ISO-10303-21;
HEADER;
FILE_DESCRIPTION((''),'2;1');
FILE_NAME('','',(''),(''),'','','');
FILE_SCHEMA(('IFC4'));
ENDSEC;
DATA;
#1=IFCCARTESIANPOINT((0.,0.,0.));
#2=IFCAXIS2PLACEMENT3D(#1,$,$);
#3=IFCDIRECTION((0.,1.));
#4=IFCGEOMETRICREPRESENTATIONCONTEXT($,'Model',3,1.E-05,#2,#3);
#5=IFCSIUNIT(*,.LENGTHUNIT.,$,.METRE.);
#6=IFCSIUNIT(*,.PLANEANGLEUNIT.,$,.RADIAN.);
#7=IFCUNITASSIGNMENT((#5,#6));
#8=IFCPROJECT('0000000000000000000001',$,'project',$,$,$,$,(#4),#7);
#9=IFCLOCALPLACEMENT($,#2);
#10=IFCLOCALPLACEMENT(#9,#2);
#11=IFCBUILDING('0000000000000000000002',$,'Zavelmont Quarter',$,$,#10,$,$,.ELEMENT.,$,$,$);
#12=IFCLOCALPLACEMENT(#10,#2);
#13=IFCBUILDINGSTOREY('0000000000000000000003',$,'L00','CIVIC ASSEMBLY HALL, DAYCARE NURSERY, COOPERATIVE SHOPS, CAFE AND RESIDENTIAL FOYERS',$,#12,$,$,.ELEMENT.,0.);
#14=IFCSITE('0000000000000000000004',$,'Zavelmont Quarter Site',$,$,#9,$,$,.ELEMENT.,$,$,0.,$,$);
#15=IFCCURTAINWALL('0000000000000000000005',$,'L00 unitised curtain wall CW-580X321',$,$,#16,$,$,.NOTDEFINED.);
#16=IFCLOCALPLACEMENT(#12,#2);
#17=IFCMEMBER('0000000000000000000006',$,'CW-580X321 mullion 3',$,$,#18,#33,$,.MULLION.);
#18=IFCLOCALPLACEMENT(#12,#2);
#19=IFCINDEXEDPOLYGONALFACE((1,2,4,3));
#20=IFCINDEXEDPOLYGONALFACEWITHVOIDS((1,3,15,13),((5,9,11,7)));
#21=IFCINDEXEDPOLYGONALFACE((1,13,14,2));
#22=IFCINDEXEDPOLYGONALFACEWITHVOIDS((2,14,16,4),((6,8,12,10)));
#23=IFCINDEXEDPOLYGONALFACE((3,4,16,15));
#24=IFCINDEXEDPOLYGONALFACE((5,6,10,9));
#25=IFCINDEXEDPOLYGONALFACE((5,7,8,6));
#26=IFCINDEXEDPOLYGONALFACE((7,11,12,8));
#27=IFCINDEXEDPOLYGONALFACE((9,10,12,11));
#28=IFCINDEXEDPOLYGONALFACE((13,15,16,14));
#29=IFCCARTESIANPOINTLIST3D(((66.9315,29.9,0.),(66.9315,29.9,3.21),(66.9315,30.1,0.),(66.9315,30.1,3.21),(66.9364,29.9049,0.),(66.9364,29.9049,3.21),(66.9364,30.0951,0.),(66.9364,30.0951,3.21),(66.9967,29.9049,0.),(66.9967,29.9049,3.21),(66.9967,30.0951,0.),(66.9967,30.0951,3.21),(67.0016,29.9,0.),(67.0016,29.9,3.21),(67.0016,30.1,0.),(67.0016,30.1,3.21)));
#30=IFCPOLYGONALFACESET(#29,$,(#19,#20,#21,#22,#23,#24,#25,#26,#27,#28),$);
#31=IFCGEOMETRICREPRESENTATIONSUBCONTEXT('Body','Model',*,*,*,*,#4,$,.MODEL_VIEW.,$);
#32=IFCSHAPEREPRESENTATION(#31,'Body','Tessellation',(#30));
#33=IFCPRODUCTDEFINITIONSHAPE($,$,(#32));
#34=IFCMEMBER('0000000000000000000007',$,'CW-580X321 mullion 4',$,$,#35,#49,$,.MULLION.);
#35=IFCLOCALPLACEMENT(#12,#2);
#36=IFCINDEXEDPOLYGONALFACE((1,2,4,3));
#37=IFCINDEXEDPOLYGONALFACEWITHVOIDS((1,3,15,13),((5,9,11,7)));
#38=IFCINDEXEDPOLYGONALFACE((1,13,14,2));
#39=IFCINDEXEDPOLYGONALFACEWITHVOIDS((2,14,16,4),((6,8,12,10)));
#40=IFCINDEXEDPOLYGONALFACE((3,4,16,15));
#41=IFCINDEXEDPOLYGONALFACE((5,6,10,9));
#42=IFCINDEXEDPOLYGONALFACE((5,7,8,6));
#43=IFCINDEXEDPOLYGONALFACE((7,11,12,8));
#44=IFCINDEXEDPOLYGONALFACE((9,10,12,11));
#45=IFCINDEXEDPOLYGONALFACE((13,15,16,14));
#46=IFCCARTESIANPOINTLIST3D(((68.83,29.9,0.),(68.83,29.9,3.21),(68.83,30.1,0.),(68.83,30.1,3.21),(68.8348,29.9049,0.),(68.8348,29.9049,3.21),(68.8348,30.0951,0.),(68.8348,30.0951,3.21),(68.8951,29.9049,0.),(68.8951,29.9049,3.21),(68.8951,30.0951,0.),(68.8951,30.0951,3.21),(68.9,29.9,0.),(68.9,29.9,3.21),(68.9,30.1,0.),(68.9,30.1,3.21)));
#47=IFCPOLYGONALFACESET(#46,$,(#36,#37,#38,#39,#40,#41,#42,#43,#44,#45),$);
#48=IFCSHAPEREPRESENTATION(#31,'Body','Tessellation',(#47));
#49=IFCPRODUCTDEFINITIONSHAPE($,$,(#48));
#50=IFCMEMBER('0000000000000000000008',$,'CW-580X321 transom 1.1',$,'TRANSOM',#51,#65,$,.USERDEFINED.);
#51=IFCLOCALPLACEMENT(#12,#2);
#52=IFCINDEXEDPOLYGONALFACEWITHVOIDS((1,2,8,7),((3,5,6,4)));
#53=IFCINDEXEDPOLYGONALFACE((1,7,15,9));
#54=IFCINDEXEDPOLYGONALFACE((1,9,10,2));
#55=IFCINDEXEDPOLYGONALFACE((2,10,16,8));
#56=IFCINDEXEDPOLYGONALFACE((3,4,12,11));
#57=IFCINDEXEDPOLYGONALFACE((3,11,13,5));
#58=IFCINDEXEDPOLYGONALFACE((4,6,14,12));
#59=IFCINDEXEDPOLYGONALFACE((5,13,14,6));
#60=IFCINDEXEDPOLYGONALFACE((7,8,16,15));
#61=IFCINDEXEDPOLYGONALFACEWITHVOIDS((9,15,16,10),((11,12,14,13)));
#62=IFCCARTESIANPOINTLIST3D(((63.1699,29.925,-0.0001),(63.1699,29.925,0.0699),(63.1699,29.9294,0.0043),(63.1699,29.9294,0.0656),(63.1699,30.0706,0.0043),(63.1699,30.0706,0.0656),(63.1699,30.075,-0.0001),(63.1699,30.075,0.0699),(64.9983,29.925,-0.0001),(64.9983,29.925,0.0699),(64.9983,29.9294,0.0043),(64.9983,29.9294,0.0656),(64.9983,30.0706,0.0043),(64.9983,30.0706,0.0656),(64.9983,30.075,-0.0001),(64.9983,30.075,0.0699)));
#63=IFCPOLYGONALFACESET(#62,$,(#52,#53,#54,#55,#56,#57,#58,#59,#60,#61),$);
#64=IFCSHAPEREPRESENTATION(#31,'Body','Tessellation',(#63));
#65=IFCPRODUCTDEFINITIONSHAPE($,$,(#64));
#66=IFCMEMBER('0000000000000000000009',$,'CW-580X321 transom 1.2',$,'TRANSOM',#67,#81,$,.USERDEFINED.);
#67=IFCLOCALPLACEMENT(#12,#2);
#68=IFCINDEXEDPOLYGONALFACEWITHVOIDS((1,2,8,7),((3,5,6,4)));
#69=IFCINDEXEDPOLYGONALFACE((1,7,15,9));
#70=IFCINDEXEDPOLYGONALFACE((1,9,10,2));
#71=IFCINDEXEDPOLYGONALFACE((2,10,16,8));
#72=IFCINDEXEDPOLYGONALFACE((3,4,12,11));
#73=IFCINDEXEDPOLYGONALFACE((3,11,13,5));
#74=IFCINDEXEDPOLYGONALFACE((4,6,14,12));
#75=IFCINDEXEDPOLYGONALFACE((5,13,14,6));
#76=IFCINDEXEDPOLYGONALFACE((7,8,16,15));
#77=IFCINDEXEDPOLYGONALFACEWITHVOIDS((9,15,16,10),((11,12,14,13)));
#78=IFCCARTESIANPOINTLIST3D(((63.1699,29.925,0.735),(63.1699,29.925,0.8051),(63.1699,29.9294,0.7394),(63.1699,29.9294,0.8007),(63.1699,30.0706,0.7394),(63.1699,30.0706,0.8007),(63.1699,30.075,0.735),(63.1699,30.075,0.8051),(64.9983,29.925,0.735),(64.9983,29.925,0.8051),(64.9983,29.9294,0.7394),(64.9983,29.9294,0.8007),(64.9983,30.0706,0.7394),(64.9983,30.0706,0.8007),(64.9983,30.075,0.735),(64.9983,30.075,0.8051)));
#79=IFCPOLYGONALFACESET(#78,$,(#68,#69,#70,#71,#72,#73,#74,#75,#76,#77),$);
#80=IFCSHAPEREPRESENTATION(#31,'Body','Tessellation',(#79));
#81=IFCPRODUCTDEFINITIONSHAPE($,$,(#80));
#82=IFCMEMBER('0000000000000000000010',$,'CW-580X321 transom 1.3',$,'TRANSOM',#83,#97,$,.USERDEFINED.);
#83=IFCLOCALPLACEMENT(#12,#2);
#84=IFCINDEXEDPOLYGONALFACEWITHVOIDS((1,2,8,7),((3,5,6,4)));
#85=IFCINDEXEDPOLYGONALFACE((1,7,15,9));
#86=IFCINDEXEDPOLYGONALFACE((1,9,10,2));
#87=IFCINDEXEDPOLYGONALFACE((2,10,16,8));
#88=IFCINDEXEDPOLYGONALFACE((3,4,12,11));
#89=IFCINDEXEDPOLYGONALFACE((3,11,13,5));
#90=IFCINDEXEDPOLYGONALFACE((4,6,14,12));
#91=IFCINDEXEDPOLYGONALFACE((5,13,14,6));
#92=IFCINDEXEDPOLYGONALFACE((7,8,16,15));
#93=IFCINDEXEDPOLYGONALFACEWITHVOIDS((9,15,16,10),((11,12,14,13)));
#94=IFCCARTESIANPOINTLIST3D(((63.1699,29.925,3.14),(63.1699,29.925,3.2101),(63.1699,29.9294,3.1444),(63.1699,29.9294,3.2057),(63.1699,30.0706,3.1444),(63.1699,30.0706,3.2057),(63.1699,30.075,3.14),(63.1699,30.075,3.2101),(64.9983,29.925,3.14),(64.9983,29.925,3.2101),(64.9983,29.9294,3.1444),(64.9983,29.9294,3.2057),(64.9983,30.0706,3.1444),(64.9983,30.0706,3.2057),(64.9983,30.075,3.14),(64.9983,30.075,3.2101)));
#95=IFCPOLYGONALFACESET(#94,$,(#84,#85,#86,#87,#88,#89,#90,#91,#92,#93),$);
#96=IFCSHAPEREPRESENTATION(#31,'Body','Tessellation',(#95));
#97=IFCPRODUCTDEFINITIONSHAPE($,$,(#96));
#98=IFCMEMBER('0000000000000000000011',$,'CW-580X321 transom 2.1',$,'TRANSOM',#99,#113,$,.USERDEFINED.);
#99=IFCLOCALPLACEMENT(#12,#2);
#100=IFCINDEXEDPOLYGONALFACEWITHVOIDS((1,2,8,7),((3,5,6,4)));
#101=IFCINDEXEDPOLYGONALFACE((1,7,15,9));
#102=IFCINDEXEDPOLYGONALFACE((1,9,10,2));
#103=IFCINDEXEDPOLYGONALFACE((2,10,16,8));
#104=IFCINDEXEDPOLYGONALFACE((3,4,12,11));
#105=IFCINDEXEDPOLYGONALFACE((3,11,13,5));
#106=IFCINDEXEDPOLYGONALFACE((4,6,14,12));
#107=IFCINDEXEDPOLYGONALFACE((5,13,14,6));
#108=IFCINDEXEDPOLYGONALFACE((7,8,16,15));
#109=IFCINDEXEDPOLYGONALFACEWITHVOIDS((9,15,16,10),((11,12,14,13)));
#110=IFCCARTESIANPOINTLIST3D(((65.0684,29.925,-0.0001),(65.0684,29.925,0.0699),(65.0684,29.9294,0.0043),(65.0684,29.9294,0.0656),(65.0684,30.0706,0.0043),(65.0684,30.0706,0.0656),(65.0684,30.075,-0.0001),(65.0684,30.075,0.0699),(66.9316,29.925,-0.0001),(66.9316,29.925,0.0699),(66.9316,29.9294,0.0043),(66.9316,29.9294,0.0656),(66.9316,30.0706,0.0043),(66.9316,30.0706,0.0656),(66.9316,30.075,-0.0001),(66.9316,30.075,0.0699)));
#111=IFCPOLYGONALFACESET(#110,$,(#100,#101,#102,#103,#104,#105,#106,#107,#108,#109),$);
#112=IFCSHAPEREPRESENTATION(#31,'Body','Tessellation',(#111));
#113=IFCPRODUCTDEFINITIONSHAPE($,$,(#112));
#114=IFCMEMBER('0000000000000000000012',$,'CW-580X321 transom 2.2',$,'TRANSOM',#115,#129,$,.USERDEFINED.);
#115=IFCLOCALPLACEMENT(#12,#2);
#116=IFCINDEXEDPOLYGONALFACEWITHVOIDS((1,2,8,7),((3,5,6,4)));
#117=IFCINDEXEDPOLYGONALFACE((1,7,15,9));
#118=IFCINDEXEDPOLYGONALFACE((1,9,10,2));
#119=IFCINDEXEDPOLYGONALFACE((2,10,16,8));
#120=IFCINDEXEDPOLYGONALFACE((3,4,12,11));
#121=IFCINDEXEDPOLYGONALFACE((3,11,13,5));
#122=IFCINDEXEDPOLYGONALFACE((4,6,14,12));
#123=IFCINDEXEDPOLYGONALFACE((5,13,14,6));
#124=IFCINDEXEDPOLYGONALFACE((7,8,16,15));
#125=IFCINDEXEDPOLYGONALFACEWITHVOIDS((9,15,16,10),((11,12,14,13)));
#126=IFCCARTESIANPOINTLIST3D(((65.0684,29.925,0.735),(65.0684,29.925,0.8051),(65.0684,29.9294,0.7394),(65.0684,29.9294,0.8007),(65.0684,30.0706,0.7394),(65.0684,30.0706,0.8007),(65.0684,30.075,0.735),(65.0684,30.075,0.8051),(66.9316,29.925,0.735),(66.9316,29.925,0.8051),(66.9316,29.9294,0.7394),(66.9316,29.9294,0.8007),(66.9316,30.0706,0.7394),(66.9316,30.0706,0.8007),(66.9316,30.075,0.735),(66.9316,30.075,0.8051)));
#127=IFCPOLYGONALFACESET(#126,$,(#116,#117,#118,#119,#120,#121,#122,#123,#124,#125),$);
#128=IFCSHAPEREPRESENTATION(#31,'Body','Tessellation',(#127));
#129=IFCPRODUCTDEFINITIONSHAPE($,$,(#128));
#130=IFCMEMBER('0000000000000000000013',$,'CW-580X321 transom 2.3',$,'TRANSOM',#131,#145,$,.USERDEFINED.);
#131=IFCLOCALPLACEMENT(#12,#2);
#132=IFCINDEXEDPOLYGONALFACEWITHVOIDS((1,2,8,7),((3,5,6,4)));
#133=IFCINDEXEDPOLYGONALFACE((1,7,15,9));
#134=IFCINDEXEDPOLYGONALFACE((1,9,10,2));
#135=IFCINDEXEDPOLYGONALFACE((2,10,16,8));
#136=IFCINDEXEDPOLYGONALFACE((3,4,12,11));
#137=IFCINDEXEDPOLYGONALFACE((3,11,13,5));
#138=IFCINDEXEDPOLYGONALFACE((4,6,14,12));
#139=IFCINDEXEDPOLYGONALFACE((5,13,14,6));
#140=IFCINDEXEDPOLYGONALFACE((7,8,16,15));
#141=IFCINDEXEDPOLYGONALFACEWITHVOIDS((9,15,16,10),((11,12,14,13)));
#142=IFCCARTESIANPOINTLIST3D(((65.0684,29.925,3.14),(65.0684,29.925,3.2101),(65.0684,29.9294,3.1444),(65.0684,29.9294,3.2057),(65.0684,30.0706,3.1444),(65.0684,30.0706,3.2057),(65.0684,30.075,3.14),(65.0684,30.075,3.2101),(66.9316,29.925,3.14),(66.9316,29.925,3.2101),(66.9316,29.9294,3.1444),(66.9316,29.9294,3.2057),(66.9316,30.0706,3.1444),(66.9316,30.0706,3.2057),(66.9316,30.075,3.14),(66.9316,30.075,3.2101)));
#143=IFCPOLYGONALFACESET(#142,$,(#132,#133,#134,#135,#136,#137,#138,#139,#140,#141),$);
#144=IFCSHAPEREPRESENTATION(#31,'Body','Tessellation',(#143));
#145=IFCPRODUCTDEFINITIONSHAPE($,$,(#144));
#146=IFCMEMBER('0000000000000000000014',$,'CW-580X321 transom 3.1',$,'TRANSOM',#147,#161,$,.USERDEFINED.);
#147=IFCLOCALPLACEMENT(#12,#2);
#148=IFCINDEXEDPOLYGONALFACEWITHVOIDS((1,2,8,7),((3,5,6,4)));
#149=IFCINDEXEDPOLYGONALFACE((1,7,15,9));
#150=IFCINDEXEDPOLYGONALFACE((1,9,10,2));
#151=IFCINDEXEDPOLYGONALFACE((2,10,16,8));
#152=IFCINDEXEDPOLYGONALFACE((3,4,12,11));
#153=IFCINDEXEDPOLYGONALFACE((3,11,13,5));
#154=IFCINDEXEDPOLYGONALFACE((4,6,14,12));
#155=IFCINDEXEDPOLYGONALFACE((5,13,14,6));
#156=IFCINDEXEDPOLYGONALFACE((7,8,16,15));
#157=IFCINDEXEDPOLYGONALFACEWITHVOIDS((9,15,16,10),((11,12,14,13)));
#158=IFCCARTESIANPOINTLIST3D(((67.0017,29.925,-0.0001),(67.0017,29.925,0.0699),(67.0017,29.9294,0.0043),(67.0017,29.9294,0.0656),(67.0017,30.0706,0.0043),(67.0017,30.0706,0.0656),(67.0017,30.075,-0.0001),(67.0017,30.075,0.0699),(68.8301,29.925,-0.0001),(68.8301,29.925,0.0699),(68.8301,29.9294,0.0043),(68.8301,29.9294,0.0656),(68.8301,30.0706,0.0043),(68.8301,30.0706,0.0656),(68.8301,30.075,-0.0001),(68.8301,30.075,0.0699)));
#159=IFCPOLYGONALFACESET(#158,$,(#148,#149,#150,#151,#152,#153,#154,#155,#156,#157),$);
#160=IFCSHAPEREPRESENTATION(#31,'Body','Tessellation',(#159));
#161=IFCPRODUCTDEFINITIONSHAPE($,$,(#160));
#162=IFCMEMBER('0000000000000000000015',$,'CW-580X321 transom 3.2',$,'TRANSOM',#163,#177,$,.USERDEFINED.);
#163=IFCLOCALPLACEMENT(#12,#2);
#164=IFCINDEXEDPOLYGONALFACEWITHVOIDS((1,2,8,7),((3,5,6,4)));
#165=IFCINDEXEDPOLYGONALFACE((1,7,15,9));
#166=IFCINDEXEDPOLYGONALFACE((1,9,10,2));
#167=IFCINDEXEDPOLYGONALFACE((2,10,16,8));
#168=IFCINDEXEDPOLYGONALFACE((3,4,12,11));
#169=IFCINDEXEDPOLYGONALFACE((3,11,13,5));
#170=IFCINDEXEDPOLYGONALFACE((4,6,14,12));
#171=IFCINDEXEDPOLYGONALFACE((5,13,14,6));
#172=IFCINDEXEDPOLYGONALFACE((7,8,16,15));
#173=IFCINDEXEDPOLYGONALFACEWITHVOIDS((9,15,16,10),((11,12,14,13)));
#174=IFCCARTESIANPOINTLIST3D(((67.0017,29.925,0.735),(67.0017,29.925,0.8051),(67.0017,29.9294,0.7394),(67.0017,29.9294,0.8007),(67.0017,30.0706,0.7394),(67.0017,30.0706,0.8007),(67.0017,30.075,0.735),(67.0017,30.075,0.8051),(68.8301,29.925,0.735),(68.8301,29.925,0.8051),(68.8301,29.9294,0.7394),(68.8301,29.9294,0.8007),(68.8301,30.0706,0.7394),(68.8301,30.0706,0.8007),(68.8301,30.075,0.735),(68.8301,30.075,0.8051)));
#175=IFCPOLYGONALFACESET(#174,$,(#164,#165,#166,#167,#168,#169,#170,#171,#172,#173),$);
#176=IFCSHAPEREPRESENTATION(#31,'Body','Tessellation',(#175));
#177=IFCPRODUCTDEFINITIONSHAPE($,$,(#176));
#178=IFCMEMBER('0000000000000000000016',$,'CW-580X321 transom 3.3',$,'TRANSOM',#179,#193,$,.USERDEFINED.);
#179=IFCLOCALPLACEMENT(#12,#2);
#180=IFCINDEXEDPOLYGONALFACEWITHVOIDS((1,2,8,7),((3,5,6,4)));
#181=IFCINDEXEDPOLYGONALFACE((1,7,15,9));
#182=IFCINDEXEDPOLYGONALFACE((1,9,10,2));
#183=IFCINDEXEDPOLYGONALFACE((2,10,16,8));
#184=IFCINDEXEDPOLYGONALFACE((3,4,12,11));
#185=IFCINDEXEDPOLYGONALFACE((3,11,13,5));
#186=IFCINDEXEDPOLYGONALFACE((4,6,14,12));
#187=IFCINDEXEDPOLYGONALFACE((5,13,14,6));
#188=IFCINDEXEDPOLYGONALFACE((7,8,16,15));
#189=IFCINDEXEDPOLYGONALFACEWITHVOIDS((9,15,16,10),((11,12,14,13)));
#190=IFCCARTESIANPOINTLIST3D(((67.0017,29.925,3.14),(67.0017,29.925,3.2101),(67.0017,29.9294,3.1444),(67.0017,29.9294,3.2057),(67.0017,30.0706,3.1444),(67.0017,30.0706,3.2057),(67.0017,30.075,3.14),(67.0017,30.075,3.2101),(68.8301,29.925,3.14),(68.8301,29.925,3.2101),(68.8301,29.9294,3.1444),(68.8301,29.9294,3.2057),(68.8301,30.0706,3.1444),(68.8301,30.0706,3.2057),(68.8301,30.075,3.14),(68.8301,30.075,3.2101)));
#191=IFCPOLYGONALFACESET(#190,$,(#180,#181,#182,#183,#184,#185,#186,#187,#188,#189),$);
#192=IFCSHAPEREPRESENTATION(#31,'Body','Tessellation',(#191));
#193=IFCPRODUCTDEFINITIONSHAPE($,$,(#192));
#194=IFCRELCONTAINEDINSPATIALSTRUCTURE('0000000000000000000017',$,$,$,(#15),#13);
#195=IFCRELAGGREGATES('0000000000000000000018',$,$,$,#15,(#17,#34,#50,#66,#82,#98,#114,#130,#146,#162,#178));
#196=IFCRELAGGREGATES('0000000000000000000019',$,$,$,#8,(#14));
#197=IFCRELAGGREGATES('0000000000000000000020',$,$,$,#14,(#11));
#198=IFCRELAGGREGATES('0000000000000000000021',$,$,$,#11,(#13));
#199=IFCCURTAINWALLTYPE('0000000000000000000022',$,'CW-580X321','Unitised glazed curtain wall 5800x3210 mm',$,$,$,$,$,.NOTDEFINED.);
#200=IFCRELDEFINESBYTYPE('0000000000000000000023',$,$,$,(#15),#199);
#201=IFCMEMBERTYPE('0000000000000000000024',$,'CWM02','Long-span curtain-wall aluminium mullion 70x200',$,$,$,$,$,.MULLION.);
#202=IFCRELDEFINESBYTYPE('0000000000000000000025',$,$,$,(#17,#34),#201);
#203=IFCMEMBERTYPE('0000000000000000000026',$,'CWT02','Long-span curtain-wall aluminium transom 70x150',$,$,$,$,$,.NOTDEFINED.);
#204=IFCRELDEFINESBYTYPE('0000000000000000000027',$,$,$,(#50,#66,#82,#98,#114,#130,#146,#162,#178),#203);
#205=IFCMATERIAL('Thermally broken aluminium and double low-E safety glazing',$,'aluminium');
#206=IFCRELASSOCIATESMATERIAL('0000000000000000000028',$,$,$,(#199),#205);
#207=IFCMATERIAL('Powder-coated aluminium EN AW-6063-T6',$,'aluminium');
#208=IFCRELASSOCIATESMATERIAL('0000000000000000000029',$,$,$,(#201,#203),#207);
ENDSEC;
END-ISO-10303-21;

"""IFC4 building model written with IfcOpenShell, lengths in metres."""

from ifc_helpers import new_model, si_unit, direction, frame, origin, origin_2d, place, context, subcontext, project, spatial, hollow_rectangle, extrude, material, material_profile, profile_set, type_object, element, aggregate, save


model = new_model("IFC4")

# Units and contexts
model_context = context("Model", 3, precision=1e-05, world=origin(), true_north=direction((0.0, 1.0)))
body_context = subcontext(model_context, "Body", "Model", "MODEL_VIEW")
ifc_project = project(units=[si_unit("LENGTHUNIT", "METRE"), si_unit("PLANEANGLEUNIT", "RADIAN")], contexts=[model_context])

# Site, building, storey
site_placement = place(None, origin())
site = spatial("IfcSite", under=ifc_project, at=site_placement, Name="Zavelmont Quarter Site", CompositionType="ELEMENT", RefElevation=0.0)
building_placement = place(site_placement, origin())
building = spatial("IfcBuilding", under=site, at=building_placement, Name="Zavelmont Quarter", CompositionType="ELEMENT")
storey_placement = place(building_placement, origin())
storey = spatial("IfcBuildingStorey", under=building, at=storey_placement, Name="L00", Description="CIVIC ASSEMBLY HALL, DAYCARE NURSERY, COOPERATIVE SHOPS, CAFE AND RESIDENTIAL FOYERS", CompositionType="ELEMENT", Elevation=0.0)

# Shared definitions
ifc_material_1 = material(Name="Thermally broken aluminium and double low-E safety glazing", Category="aluminium")
curtain_wall_type = type_object("IfcCurtainWallType", Name="CW-580X321", Description="Unitised glazed curtain wall 5800x3210 mm", PredefinedType="NOTDEFINED", material=ifc_material_1)
ifc_material_2 = material(Name="Powder-coated aluminium EN AW-6063-T6", Category="aluminium")
ifc_material_profile_1 = material_profile(ifc_material_2, hollow_rectangle(XDim=0.0701, YDim=0.2, WallThickness=0.0049, at=origin_2d()), Name="CWM70X200")
ifc_profile_set_1 = profile_set([ifc_material_profile_1], Name="Powder-coated aluminium EN AW-6063-T6")
member_type_1 = type_object("IfcMemberType", Name="CWM02", Description="Long-span curtain-wall aluminium mullion 70x200", PredefinedType="MULLION", material=ifc_profile_set_1)

# Curtain wall, members
curtain_wall_1_placement = place(storey_placement, origin())
curtain_wall_1 = element("IfcCurtainWall", 1, at=curtain_wall_1_placement, inside=storey, type_object=curtain_wall_type, Name="L00 unitised curtain wall CW-580X321", PredefinedType="NOTDEFINED")
member_1_placement = place(storey_placement, frame((66.9666, 30.0, 0.0), z_axis=(0.0, 0.0, 1.0), x_axis=(1.0, 0.0, 0.0)))
member_1 = element("IfcMember", 2, at=member_1_placement, type_object=member_type_1, Name="CW-580X321 mullion 3", PredefinedType="MULLION", context=body_context, shape_type="SweptSolid", body=[
    extrude(hollow_rectangle(XDim=0.0701, YDim=0.2, WallThickness=0.0049, at=origin_2d()), origin(), (0.0, 0.0, 1.0), 3.21),
])
member_2_placement = place(storey_placement, frame((68.865, 30.0, 0.0), z_axis=(0.0, 0.0, 1.0), x_axis=(1.0, 0.0, 0.0)))
member_2 = element("IfcMember", 3, at=member_2_placement, type_object=member_type_1, Name="CW-580X321 mullion 4", PredefinedType="MULLION", context=body_context, shape_type="SweptSolid", body=[
    extrude(hollow_rectangle(XDim=0.0701, YDim=0.2, WallThickness=0.0049, at=origin_2d()), origin(), (0.0, 0.0, 1.0), 3.21),
])
ifc_material_profile_2 = material_profile(ifc_material_2, hollow_rectangle(XDim=0.1499, YDim=0.0701, WallThickness=0.0044, at=origin_2d()), Name="CWT70X150")
ifc_profile_set_2 = profile_set([ifc_material_profile_2], Name="Powder-coated aluminium EN AW-6063-T6")
member_type_2 = type_object("IfcMemberType", Name="CWT02", Description="Long-span curtain-wall aluminium transom 70x150", PredefinedType="NOTDEFINED", material=ifc_profile_set_2)
member_3_placement = place(storey_placement, frame((63.1699, 30.0, 0.0349), z_axis=(1.0, 0.0, 0.0), x_axis=(0.0, 1.0, 0.0)))
member_3 = element("IfcMember", 4, at=member_3_placement, type_object=member_type_2, Name="CW-580X321 transom 1.1", ObjectType="TRANSOM", PredefinedType="USERDEFINED", context=body_context, shape_type="SweptSolid", body=[
    extrude(hollow_rectangle(XDim=0.1499, YDim=0.0701, WallThickness=0.0044, at=origin_2d()), origin(), (0.0, 0.0, 1.0), 1.8284),
])
member_4_placement = place(storey_placement, frame((63.1699, 30.0, 0.77), z_axis=(1.0, 0.0, 0.0), x_axis=(0.0, 1.0, 0.0)))
member_4 = element("IfcMember", 5, at=member_4_placement, type_object=member_type_2, Name="CW-580X321 transom 1.2", ObjectType="TRANSOM", PredefinedType="USERDEFINED", context=body_context, shape_type="SweptSolid", body=[
    extrude(hollow_rectangle(XDim=0.1499, YDim=0.0701, WallThickness=0.0044, at=origin_2d()), origin(), (0.0, 0.0, 1.0), 1.8284),
])
member_5_placement = place(storey_placement, frame((63.1699, 30.0, 3.175), z_axis=(1.0, 0.0, 0.0), x_axis=(0.0, 1.0, 0.0)))
member_5 = element("IfcMember", 6, at=member_5_placement, type_object=member_type_2, Name="CW-580X321 transom 1.3", ObjectType="TRANSOM", PredefinedType="USERDEFINED", context=body_context, shape_type="SweptSolid", body=[
    extrude(hollow_rectangle(XDim=0.1499, YDim=0.0701, WallThickness=0.0044, at=origin_2d()), origin(), (0.0, 0.0, 1.0), 1.8284),
])
member_6_placement = place(storey_placement, frame((65.0684, 30.0, 0.0349), z_axis=(1.0, 0.0, 0.0), x_axis=(0.0, 1.0, 0.0)))
member_6 = element("IfcMember", 7, at=member_6_placement, type_object=member_type_2, Name="CW-580X321 transom 2.1", ObjectType="TRANSOM", PredefinedType="USERDEFINED", context=body_context, shape_type="SweptSolid", body=[
    extrude(hollow_rectangle(XDim=0.1499, YDim=0.0701, WallThickness=0.0044, at=origin_2d()), origin(), (0.0, 0.0, 1.0), 1.8633),
])
member_7_placement = place(storey_placement, frame((65.0684, 30.0, 0.77), z_axis=(1.0, 0.0, 0.0), x_axis=(0.0, 1.0, 0.0)))
member_7 = element("IfcMember", 8, at=member_7_placement, type_object=member_type_2, Name="CW-580X321 transom 2.2", ObjectType="TRANSOM", PredefinedType="USERDEFINED", context=body_context, shape_type="SweptSolid", body=[
    extrude(hollow_rectangle(XDim=0.1499, YDim=0.0701, WallThickness=0.0044, at=origin_2d()), origin(), (0.0, 0.0, 1.0), 1.8633),
])
member_8_placement = place(storey_placement, frame((65.0684, 30.0, 3.175), z_axis=(1.0, 0.0, 0.0), x_axis=(0.0, 1.0, 0.0)))
member_8 = element("IfcMember", 9, at=member_8_placement, type_object=member_type_2, Name="CW-580X321 transom 2.3", ObjectType="TRANSOM", PredefinedType="USERDEFINED", context=body_context, shape_type="SweptSolid", body=[
    extrude(hollow_rectangle(XDim=0.1499, YDim=0.0701, WallThickness=0.0044, at=origin_2d()), origin(), (0.0, 0.0, 1.0), 1.8633),
])
member_9_placement = place(storey_placement, frame((67.0017, 30.0, 0.0349), z_axis=(1.0, 0.0, 0.0), x_axis=(0.0, 1.0, 0.0)))
member_9 = element("IfcMember", 10, at=member_9_placement, type_object=member_type_2, Name="CW-580X321 transom 3.1", ObjectType="TRANSOM", PredefinedType="USERDEFINED", context=body_context, shape_type="SweptSolid", body=[
    extrude(hollow_rectangle(XDim=0.1499, YDim=0.0701, WallThickness=0.0044, at=origin_2d()), origin(), (0.0, 0.0, 1.0), 1.8284),
])
member_10_placement = place(storey_placement, frame((67.0017, 30.0, 0.77), z_axis=(1.0, 0.0, 0.0), x_axis=(0.0, 1.0, 0.0)))
member_10 = element("IfcMember", 11, at=member_10_placement, type_object=member_type_2, Name="CW-580X321 transom 3.2", ObjectType="TRANSOM", PredefinedType="USERDEFINED", context=body_context, shape_type="SweptSolid", body=[
    extrude(hollow_rectangle(XDim=0.1499, YDim=0.0701, WallThickness=0.0044, at=origin_2d()), origin(), (0.0, 0.0, 1.0), 1.8284),
])
member_11_placement = place(storey_placement, frame((67.0017, 30.0, 3.175), z_axis=(1.0, 0.0, 0.0), x_axis=(0.0, 1.0, 0.0)))
member_11 = element("IfcMember", 12, at=member_11_placement, type_object=member_type_2, Name="CW-580X321 transom 3.3", ObjectType="TRANSOM", PredefinedType="USERDEFINED", context=body_context, shape_type="SweptSolid", body=[
    extrude(hollow_rectangle(XDim=0.1499, YDim=0.0701, WallThickness=0.0044, at=origin_2d()), origin(), (0.0, 0.0, 1.0), 1.8284),
])
aggregate(curtain_wall_1, [member_1, member_2, member_3, member_4, member_5, member_6, member_7, member_8, member_9, member_10, member_11])

save(model, "model.ifc")
